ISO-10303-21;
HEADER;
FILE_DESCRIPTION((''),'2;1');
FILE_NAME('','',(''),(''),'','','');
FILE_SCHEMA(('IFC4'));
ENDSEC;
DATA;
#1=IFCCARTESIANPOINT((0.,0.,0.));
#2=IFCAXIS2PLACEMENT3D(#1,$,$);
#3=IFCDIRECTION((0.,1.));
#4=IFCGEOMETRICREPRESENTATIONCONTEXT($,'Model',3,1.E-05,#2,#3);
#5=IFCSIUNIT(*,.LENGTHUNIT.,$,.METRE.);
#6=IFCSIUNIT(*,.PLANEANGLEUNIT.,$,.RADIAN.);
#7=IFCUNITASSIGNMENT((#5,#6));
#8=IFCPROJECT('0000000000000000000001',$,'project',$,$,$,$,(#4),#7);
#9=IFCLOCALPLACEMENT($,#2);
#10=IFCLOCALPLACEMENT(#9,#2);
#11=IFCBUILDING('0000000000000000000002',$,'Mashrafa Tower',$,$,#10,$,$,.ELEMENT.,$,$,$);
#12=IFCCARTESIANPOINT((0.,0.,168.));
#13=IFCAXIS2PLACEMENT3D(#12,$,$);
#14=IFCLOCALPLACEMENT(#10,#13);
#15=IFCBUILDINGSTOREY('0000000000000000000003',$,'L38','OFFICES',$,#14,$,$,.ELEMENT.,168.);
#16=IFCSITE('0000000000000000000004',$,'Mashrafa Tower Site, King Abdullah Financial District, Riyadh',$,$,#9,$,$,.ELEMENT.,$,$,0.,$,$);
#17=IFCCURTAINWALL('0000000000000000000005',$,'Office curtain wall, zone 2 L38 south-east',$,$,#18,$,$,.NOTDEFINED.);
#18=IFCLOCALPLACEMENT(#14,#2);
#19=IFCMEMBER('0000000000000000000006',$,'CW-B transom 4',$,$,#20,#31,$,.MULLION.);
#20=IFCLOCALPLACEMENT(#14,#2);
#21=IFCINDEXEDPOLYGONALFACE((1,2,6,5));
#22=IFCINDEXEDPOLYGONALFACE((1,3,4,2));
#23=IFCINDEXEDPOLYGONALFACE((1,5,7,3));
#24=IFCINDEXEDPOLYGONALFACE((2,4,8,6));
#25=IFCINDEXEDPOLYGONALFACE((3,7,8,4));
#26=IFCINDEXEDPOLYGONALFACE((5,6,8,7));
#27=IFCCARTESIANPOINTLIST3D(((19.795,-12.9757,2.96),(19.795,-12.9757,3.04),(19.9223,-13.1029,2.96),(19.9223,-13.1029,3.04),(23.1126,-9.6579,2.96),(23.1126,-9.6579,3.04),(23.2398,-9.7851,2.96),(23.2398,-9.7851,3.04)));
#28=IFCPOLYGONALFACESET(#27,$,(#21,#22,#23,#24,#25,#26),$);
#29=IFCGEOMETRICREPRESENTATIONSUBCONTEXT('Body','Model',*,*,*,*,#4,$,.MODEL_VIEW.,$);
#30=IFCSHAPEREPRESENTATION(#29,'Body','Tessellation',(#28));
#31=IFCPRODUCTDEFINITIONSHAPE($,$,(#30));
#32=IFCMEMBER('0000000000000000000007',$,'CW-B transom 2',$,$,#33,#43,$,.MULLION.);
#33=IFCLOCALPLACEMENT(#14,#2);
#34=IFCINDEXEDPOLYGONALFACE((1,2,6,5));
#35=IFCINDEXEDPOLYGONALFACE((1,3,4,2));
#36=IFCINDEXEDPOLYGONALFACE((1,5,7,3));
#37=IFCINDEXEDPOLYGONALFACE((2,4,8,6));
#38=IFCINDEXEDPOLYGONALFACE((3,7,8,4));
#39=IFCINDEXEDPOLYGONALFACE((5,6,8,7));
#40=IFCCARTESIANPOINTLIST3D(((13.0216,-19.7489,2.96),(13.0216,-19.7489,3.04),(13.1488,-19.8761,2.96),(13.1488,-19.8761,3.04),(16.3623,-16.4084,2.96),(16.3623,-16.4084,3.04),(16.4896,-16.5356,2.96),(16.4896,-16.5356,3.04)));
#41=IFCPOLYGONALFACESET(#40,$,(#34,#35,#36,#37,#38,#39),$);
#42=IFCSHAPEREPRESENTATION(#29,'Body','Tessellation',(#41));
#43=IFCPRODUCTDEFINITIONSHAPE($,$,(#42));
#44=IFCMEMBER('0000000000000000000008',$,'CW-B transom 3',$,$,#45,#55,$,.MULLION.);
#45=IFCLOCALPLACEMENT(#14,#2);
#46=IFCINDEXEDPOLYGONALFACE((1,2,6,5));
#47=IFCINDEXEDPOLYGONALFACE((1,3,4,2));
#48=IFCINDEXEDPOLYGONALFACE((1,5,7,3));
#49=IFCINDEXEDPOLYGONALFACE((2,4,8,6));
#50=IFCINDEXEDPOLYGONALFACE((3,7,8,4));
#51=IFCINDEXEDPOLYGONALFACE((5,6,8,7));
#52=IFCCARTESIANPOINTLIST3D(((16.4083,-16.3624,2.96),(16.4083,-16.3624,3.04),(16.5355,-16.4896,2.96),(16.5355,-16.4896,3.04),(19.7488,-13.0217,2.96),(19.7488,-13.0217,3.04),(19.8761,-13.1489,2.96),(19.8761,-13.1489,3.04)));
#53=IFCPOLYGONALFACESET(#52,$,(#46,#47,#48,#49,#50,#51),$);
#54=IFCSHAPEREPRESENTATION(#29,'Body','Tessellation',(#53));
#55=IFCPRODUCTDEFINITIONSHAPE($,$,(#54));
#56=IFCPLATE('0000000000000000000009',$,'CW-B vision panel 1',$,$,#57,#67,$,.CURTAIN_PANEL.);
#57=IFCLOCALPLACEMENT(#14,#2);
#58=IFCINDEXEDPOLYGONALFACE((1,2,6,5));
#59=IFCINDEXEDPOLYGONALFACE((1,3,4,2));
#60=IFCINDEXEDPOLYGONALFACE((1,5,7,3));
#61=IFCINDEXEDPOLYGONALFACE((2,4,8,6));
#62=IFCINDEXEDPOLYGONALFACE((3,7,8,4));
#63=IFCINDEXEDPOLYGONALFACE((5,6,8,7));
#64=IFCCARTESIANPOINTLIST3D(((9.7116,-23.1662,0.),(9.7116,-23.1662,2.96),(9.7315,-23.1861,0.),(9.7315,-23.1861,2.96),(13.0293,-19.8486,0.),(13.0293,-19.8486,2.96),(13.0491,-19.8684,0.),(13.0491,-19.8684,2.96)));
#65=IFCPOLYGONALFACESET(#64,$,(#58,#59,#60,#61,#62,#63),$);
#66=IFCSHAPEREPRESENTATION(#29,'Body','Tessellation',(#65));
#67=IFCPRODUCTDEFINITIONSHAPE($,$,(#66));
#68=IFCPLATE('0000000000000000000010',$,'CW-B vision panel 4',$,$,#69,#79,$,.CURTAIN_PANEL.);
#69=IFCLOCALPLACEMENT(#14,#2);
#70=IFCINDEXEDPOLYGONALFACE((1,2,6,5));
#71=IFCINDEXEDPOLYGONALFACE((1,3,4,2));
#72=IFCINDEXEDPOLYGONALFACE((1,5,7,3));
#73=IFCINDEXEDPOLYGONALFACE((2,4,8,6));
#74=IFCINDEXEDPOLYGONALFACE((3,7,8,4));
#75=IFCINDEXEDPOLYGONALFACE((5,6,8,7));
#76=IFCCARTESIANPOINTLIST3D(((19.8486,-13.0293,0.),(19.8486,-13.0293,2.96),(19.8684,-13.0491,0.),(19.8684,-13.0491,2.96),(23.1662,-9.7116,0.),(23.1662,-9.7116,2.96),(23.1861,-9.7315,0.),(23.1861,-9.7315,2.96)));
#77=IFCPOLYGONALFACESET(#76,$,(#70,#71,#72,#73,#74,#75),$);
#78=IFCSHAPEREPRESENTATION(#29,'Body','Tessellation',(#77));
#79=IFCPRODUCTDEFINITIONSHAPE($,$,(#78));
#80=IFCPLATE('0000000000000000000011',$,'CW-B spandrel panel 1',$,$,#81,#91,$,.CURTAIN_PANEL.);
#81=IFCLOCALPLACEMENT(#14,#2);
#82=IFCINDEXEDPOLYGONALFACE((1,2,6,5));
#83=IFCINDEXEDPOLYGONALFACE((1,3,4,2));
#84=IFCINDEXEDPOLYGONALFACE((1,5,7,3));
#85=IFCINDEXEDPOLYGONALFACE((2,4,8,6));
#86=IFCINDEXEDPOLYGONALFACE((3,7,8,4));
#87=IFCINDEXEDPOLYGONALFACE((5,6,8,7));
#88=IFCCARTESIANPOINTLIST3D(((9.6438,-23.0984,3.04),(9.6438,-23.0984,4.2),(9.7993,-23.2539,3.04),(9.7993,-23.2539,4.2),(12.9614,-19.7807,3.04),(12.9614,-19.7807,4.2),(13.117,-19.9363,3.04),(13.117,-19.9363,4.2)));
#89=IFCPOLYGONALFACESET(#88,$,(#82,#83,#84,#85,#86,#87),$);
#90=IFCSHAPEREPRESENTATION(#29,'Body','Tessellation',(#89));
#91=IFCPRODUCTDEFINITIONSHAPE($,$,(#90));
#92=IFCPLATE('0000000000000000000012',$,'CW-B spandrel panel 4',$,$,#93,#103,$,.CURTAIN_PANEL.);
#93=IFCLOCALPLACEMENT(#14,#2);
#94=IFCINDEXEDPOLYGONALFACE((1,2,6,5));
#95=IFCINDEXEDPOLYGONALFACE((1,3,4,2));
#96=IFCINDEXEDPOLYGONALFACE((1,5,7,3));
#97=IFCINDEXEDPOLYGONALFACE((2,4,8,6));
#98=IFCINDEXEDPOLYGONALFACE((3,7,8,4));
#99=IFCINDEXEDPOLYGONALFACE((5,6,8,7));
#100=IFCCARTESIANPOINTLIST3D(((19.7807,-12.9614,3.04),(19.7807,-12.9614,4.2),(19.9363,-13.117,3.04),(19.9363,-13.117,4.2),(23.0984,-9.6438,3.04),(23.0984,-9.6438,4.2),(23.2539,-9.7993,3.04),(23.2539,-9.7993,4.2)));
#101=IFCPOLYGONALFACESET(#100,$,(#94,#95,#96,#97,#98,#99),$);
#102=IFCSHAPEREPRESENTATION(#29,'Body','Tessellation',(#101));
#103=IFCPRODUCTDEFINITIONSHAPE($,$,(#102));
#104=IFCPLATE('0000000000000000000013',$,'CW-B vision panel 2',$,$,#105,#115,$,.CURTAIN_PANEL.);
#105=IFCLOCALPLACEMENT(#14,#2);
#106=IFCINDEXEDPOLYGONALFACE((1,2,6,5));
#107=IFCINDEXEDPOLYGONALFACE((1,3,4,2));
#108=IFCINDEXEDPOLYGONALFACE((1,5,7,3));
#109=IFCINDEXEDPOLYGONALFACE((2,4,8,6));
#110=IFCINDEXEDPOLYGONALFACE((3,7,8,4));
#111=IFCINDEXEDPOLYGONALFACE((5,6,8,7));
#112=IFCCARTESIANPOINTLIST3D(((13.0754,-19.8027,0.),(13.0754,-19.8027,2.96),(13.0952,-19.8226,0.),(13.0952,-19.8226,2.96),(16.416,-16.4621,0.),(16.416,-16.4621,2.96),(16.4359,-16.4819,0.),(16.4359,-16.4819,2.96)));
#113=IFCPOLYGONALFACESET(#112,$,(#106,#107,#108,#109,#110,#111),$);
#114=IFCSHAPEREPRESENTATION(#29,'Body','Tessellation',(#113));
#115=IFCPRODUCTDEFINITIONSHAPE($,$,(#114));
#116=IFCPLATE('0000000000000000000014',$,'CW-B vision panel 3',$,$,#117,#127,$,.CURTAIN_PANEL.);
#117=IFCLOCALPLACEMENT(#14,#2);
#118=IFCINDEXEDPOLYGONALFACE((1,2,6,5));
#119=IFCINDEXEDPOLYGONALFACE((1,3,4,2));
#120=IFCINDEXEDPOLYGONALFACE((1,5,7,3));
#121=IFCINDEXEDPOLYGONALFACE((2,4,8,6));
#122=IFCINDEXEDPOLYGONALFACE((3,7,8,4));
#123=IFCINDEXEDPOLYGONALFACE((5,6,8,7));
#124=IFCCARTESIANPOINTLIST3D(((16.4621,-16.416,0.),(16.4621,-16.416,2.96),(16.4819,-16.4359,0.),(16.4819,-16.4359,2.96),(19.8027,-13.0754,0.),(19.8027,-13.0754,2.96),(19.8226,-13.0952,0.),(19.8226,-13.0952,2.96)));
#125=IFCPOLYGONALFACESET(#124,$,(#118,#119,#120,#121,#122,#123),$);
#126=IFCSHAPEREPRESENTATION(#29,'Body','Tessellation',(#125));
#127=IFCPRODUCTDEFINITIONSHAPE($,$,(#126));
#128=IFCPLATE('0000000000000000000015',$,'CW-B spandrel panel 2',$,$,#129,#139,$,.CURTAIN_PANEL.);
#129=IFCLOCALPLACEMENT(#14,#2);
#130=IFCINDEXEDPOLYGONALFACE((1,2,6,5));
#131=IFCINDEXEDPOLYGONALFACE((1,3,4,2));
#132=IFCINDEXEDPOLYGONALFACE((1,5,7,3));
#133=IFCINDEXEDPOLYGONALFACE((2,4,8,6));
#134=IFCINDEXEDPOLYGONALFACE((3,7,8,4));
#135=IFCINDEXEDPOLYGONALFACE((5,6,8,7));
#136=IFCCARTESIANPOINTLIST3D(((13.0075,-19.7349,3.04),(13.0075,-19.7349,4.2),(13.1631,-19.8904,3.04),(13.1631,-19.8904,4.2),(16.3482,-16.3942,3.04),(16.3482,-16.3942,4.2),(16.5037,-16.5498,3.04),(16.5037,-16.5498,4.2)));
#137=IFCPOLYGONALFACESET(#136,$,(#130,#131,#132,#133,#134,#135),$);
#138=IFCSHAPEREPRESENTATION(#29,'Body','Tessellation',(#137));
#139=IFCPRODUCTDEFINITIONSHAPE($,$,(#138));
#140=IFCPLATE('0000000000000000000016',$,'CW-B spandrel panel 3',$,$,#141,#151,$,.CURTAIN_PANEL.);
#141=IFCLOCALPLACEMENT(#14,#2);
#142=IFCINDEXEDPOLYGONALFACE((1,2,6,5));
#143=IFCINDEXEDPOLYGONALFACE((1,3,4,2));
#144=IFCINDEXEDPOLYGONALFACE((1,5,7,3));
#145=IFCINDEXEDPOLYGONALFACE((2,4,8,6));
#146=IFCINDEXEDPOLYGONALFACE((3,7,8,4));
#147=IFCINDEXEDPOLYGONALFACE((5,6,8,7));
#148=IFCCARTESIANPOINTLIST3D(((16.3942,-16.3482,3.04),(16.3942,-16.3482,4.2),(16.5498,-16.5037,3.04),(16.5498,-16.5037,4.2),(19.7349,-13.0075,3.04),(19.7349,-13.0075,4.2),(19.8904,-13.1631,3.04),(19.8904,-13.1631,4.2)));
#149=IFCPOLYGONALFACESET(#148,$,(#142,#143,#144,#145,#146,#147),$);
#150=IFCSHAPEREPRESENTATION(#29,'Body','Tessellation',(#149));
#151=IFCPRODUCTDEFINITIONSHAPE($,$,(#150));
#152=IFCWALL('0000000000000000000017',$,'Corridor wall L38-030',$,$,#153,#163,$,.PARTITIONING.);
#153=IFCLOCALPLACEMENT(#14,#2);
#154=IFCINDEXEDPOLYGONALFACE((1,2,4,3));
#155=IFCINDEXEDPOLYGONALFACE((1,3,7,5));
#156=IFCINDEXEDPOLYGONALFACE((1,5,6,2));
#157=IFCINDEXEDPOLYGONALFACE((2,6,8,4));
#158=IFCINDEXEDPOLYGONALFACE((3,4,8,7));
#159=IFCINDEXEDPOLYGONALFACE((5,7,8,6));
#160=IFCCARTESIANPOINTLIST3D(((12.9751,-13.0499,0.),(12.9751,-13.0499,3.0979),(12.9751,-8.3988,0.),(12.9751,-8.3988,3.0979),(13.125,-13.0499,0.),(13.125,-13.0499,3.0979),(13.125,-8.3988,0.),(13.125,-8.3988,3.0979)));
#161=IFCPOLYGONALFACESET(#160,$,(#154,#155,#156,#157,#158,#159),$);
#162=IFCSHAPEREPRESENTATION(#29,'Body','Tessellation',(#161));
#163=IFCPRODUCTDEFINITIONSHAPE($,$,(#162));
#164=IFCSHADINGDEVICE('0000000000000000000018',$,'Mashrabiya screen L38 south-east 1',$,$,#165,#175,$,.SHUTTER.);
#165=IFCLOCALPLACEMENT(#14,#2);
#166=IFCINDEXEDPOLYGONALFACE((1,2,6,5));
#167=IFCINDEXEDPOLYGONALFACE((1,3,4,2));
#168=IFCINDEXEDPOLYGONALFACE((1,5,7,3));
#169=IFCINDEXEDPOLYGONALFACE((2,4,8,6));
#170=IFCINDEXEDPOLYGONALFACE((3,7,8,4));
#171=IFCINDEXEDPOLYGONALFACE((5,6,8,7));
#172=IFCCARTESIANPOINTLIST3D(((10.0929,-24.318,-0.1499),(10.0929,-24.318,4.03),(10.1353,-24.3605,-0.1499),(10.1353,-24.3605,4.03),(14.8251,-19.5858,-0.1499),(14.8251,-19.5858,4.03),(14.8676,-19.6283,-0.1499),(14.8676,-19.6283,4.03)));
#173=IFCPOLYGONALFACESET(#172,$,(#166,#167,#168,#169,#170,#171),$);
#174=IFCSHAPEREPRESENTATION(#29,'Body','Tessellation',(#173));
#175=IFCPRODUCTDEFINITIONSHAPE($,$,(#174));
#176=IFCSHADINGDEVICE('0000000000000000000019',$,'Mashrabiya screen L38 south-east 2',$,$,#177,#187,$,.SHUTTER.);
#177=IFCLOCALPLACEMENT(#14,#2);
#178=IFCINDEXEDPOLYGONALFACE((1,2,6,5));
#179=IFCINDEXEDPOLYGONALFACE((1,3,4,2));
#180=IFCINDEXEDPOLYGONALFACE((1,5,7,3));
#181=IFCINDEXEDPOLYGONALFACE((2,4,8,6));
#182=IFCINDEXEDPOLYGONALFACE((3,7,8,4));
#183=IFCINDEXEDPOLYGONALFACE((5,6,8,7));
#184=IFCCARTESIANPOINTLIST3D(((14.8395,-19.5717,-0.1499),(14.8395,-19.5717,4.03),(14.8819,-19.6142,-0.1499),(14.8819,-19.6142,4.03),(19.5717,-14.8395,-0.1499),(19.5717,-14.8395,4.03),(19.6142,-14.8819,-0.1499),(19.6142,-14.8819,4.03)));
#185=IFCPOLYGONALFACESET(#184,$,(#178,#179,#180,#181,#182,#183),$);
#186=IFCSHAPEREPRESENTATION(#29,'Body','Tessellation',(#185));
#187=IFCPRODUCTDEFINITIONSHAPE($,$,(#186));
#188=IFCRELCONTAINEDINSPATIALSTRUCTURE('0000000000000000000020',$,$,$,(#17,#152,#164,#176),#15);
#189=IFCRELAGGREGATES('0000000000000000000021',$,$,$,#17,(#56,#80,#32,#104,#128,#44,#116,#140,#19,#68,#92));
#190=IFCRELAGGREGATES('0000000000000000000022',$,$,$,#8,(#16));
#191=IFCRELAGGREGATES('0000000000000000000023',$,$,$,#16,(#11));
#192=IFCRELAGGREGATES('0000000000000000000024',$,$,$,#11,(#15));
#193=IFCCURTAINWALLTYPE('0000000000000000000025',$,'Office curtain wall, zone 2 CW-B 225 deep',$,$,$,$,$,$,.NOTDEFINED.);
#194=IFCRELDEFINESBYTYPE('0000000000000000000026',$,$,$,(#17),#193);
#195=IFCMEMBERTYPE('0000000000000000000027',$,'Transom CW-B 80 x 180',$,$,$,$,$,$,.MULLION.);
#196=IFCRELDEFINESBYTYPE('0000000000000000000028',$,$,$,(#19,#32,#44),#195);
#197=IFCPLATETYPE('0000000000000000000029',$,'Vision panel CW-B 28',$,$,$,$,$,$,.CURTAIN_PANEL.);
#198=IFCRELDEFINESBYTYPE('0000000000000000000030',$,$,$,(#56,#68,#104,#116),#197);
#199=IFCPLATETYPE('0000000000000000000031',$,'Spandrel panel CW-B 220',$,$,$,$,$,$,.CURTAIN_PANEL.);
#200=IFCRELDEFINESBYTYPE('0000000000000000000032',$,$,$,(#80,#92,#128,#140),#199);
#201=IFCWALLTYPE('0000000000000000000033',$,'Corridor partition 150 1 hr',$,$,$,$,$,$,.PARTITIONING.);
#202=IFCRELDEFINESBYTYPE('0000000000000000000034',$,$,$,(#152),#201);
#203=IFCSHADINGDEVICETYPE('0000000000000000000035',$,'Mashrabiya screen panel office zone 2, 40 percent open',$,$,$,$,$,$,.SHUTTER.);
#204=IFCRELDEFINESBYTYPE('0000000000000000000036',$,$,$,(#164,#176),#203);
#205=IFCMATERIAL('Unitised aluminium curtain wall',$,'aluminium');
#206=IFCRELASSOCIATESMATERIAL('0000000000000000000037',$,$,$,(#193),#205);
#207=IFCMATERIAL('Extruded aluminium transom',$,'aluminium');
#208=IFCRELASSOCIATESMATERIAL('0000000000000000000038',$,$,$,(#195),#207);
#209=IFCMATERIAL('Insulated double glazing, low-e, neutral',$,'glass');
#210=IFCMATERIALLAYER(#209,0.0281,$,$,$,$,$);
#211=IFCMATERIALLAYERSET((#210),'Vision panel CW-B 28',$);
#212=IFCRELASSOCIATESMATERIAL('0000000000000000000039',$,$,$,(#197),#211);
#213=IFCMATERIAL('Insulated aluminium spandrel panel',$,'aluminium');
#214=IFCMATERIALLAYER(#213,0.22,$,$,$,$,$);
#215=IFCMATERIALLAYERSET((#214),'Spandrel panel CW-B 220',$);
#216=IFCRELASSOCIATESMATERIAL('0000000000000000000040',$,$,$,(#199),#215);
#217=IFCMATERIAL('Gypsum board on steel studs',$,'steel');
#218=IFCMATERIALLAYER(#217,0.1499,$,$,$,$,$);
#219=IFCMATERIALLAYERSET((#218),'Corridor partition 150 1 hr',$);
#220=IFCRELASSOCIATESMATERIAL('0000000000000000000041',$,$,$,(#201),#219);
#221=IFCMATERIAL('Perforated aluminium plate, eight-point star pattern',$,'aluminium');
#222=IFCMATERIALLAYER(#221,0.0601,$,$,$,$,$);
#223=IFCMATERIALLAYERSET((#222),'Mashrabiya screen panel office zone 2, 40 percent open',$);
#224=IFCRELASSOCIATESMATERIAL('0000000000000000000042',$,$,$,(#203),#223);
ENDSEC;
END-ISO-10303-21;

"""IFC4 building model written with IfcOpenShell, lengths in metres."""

from ifc_helpers import new_model, si_unit, direction, frame, frame_2d, origin, origin_2d, place, context, subcontext, project, spatial, rectangle, extrude, source, transform, mapped, material, layer, layer_set, material_profile, profile_set, type_object, type_shapes, element, aggregate, save


model = new_model("IFC4")

# Units and contexts
model_context = context("Model", 3, precision=1e-05, world=origin(), true_north=direction((0.0, 1.0)))
body_context = subcontext(model_context, "Body", "Model", "MODEL_VIEW")
ifc_project = project(units=[si_unit("LENGTHUNIT", "METRE"), si_unit("PLANEANGLEUNIT", "RADIAN")], contexts=[model_context])

# Site, building, storey
site_placement = place(None, origin())
site = spatial("IfcSite", under=ifc_project, at=site_placement, Name="Mashrafa Tower Site, King Abdullah Financial District, Riyadh", CompositionType="ELEMENT", RefElevation=0.0)
building_placement = place(site_placement, origin())
building = spatial("IfcBuilding", under=site, at=building_placement, Name="Mashrafa Tower", CompositionType="ELEMENT")
storey_placement = place(building_placement, frame((0.0, 0.0, 168.0)))
storey = spatial("IfcBuildingStorey", under=building, at=storey_placement, Name="L38", Description="OFFICES", CompositionType="ELEMENT", Elevation=168.0)

# Curtain wall, members, plates
ifc_material_1 = material(Name="Unitised aluminium curtain wall", Category="aluminium")
curtain_wall_type = type_object("IfcCurtainWallType", Name="Office curtain wall, zone 2 CW-B 225 deep", PredefinedType="NOTDEFINED", material=ifc_material_1)
curtain_wall_placement = place(storey_placement, origin())
curtain_wall = element("IfcCurtainWall", 1, at=curtain_wall_placement, inside=storey, type_object=curtain_wall_type, Name="Office curtain wall, zone 2 L38 south-east", PredefinedType="NOTDEFINED")
ifc_material_2 = material(Name="Extruded aluminium transom", Category="aluminium")
ifc_material_profile_1 = material_profile(ifc_material_2, rectangle(XDim=0.1799, YDim=0.0801, at=origin_2d()), Name="Transom 80x180")
ifc_profile_set_1 = profile_set([ifc_material_profile_1], Name="Extruded aluminium transom")
member_type_1 = type_object("IfcMemberType", Name="Transom CW-B 80 x 180", PredefinedType="MULLION", material=ifc_profile_set_1)
shared_shape_1 = source(origin(), body_context, "Body", "SweptSolid", [
    extrude(rectangle(XDim=0.1799, YDim=0.0801, at=origin_2d()), origin(), (0.0, 0.0, 1.0), 4.6919),
])
member_1_placement = place(storey_placement, frame((19.8586, -13.0393, 3.0), z_axis=(0.707081, 0.707133, 0.0), x_axis=(-0.707133, 0.707081, 0.0)))
member_1 = element("IfcMember", 2, at=member_1_placement, type_object=member_type_1, Name="CW-B transom 4", PredefinedType="MULLION", context=body_context, shape_type="MappedRepresentation", body=[
    mapped(shared_shape_1, transform((0.0, 0.0, 0.0))),
])
shared_shape_2 = source(origin(), body_context, "Body", "SweptSolid", [
    extrude(rectangle(XDim=0.1799, YDim=0.0801, at=origin_2d()), origin(), (0.0, 0.0, 1.0), 4.7244),
])
type_shapes(member_type_1, [shared_shape_1, shared_shape_2])
member_2_placement = place(storey_placement, frame((13.0852, -19.8125, 3.0), z_axis=(0.707133, 0.707081, 0.0), x_axis=(-0.707081, 0.707133, 0.0)))
member_2 = element("IfcMember", 3, at=member_2_placement, type_object=member_type_1, Name="CW-B transom 2", PredefinedType="MULLION", context=body_context, shape_type="MappedRepresentation", body=[
    mapped(shared_shape_2, transform((0.0, 0.0, 0.0))),
])
member_3_placement = place(storey_placement, frame((16.4719, -16.426, 3.0), z_axis=(0.707081, 0.707133, 0.0), x_axis=(-0.707133, 0.707081, 0.0)))
member_3 = element("IfcMember", 4, at=member_3_placement, type_object=member_type_1, Name="CW-B transom 3", PredefinedType="MULLION", context=body_context, shape_type="MappedRepresentation", body=[
    mapped(shared_shape_2, transform((0.0, 0.0, 0.0))),
])
ifc_material_3 = material(Name="Insulated double glazing, low-e, neutral", Category="glass")
ifc_layer_1 = layer(ifc_material_3, 0.0281)
ifc_layer_set_1 = layer_set([ifc_layer_1], Name="Vision panel CW-B 28")
plate_type_1 = type_object("IfcPlateType", Name="Vision panel CW-B 28", PredefinedType="CURTAIN_PANEL", material=ifc_layer_set_1)
shared_shape_3 = source(origin(), body_context, "Body", "SweptSolid", [
    extrude(rectangle(XDim=4.6919, YDim=0.0281, at=origin_2d()), origin(), (0.0, 0.0, 1.0), 2.96),
])
plate_1_placement = place(storey_placement, frame((11.3804, -21.5173, 0.0), z_axis=(0.0, 0.0, 1.0), x_axis=(0.707107, 0.707107, 0.0)))
plate_1 = element("IfcPlate", 5, at=plate_1_placement, type_object=plate_type_1, Name="CW-B vision panel 1", PredefinedType="CURTAIN_PANEL", context=body_context, shape_type="MappedRepresentation", body=[
    mapped(shared_shape_3, transform((0.0, 0.0, 0.0))),
])
plate_2_placement = place(storey_placement, frame((21.5173, -11.3804, 0.0), z_axis=(0.0, 0.0, 1.0), x_axis=(0.707107, 0.707107, 0.0)))
plate_2 = element("IfcPlate", 6, at=plate_2_placement, type_object=plate_type_1, Name="CW-B vision panel 4", PredefinedType="CURTAIN_PANEL", context=body_context, shape_type="MappedRepresentation", body=[
    mapped(shared_shape_3, transform((0.0, 0.0, 0.0))),
])
ifc_material_4 = material(Name="Insulated aluminium spandrel panel", Category="aluminium")
ifc_layer_2 = layer(ifc_material_4, 0.22)
ifc_layer_set_2 = layer_set([ifc_layer_2], Name="Spandrel panel CW-B 220")
plate_type_2 = type_object("IfcPlateType", Name="Spandrel panel CW-B 220", PredefinedType="CURTAIN_PANEL", material=ifc_layer_set_2)
shared_shape_4 = source(origin(), body_context, "Body", "SweptSolid", [
    extrude(rectangle(XDim=4.6919, YDim=0.22, at=origin_2d()), origin(), (0.0, 0.0, 1.0), 1.1599),
])
plate_3_placement = place(storey_placement, frame((11.3804, -21.5173, 3.04), z_axis=(0.0, 0.0, 1.0), x_axis=(0.707107, 0.707107, 0.0)))
plate_3 = element("IfcPlate", 7, at=plate_3_placement, type_object=plate_type_2, Name="CW-B spandrel panel 1", PredefinedType="CURTAIN_PANEL", context=body_context, shape_type="MappedRepresentation", body=[
    mapped(shared_shape_4, transform((0.0, 0.0, 0.0))),
])
plate_4_placement = place(storey_placement, frame((21.5173, -11.3804, 3.04), z_axis=(0.0, 0.0, 1.0), x_axis=(0.707107, 0.707107, 0.0)))
plate_4 = element("IfcPlate", 8, at=plate_4_placement, type_object=plate_type_2, Name="CW-B spandrel panel 4", PredefinedType="CURTAIN_PANEL", context=body_context, shape_type="MappedRepresentation", body=[
    mapped(shared_shape_4, transform((0.0, 0.0, 0.0))),
])
shared_shape_5 = source(origin(), body_context, "Body", "SweptSolid", [
    extrude(rectangle(XDim=4.7244, YDim=0.0281, at=origin_2d()), origin(), (0.0, 0.0, 1.0), 2.96),
])
type_shapes(plate_type_1, [shared_shape_3, shared_shape_5])
plate_5_placement = place(storey_placement, frame((14.7556, -18.1423, 0.0), z_axis=(0.0, 0.0, 1.0), x_axis=(0.707107, 0.707107, 0.0)))
plate_5 = element("IfcPlate", 9, at=plate_5_placement, type_object=plate_type_1, Name="CW-B vision panel 2", PredefinedType="CURTAIN_PANEL", context=body_context, shape_type="MappedRepresentation", body=[
    mapped(shared_shape_5, transform((0.0, 0.0, 0.0))),
])
plate_6_placement = place(storey_placement, frame((18.1423, -14.7556, 0.0), z_axis=(0.0, 0.0, 1.0), x_axis=(0.707107, 0.707107, 0.0)))
plate_6 = element("IfcPlate", 10, at=plate_6_placement, type_object=plate_type_1, Name="CW-B vision panel 3", PredefinedType="CURTAIN_PANEL", context=body_context, shape_type="MappedRepresentation", body=[
    mapped(shared_shape_5, transform((0.0, 0.0, 0.0))),
])
shared_shape_6 = source(origin(), body_context, "Body", "SweptSolid", [
    extrude(rectangle(XDim=4.7244, YDim=0.22, at=origin_2d()), origin(), (0.0, 0.0, 1.0), 1.1599),
])
type_shapes(plate_type_2, [shared_shape_4, shared_shape_6])
plate_7_placement = place(storey_placement, frame((14.7556, -18.1423, 3.04), z_axis=(0.0, 0.0, 1.0), x_axis=(0.707107, 0.707107, 0.0)))
plate_7 = element("IfcPlate", 11, at=plate_7_placement, type_object=plate_type_2, Name="CW-B spandrel panel 2", PredefinedType="CURTAIN_PANEL", context=body_context, shape_type="MappedRepresentation", body=[
    mapped(shared_shape_6, transform((0.0, 0.0, 0.0))),
])
plate_8_placement = place(storey_placement, frame((18.1423, -14.7556, 3.04), z_axis=(0.0, 0.0, 1.0), x_axis=(0.707107, 0.707107, 0.0)))
plate_8 = element("IfcPlate", 12, at=plate_8_placement, type_object=plate_type_2, Name="CW-B spandrel panel 3", PredefinedType="CURTAIN_PANEL", context=body_context, shape_type="MappedRepresentation", body=[
    mapped(shared_shape_6, transform((0.0, 0.0, 0.0))),
])
aggregate(curtain_wall, [plate_1, plate_3, member_2, plate_5, plate_7, member_3, plate_6, plate_8, member_1, plate_2, plate_4])

# Wall
ifc_material_5 = material(Name="Gypsum board on steel studs", Category="steel")
ifc_layer_3 = layer(ifc_material_5, 0.1499)
ifc_layer_set_3 = layer_set([ifc_layer_3], Name="Corridor partition 150 1 hr")
wall_type = type_object("IfcWallType", Name="Corridor partition 150 1 hr", PredefinedType="PARTITIONING", material=ifc_layer_set_3)
wall_placement = place(storey_placement, frame((13.05, -13.05, 0.0), z_axis=(0.0, 0.0, 1.0), x_axis=(0.0, 1.0, 0.0)))
element("IfcWall", 13, at=wall_placement, inside=storey, type_object=wall_type, Name="Corridor wall L38-030", PredefinedType="PARTITIONING", context=body_context, shape_type="SweptSolid", body=[
    extrude(rectangle(XDim=4.6511, YDim=0.1499, at=frame_2d((2.3257, 0.0))), origin(), (0.0, 0.0, 1.0), 3.0979),
])

# Shading devices
ifc_material_6 = material(Name="Perforated aluminium plate, eight-point star pattern", Category="aluminium")
ifc_layer_4 = layer(ifc_material_6, 0.0601)
ifc_layer_set_4 = layer_set([ifc_layer_4], Name="Mashrabiya screen panel office zone 2, 40 percent open")
shading_device_type = type_object("IfcShadingDeviceType", Name="Mashrabiya screen panel office zone 2, 40 percent open", PredefinedType="SHUTTER", material=ifc_layer_set_4)
shared_shape_7 = source(origin(), body_context, "Body", "SweptSolid", [
    extrude(rectangle(XDim=6.6924, YDim=0.0601, at=origin_2d()), origin(), (0.0, 0.0, 1.0), 4.1799),
])
type_shapes(shading_device_type, [shared_shape_7])
for number, where, z_axis, x_axis, name in (
    (14, (12.4802, -21.9731, -0.1499), (0.0, 0.0, 1.0), (0.707107, 0.707107, 0.0), "Mashrabiya screen L38 south-east 1"),
    (15, (17.2268, -17.2268, -0.1499), (0.0, 0.0, 1.0), (0.707107, 0.707107, 0.0), "Mashrabiya screen L38 south-east 2"),
):
    element("IfcShadingDevice", number, at=place(storey_placement, frame(where, z_axis=z_axis, x_axis=x_axis)), inside=storey, type_object=shading_device_type, Name=name, PredefinedType="SHUTTER", context=body_context, shape_type="MappedRepresentation", body=[
        mapped(shared_shape_7, transform((0.0, 0.0, 0.0))),
    ])

save(model, "model.ifc")
